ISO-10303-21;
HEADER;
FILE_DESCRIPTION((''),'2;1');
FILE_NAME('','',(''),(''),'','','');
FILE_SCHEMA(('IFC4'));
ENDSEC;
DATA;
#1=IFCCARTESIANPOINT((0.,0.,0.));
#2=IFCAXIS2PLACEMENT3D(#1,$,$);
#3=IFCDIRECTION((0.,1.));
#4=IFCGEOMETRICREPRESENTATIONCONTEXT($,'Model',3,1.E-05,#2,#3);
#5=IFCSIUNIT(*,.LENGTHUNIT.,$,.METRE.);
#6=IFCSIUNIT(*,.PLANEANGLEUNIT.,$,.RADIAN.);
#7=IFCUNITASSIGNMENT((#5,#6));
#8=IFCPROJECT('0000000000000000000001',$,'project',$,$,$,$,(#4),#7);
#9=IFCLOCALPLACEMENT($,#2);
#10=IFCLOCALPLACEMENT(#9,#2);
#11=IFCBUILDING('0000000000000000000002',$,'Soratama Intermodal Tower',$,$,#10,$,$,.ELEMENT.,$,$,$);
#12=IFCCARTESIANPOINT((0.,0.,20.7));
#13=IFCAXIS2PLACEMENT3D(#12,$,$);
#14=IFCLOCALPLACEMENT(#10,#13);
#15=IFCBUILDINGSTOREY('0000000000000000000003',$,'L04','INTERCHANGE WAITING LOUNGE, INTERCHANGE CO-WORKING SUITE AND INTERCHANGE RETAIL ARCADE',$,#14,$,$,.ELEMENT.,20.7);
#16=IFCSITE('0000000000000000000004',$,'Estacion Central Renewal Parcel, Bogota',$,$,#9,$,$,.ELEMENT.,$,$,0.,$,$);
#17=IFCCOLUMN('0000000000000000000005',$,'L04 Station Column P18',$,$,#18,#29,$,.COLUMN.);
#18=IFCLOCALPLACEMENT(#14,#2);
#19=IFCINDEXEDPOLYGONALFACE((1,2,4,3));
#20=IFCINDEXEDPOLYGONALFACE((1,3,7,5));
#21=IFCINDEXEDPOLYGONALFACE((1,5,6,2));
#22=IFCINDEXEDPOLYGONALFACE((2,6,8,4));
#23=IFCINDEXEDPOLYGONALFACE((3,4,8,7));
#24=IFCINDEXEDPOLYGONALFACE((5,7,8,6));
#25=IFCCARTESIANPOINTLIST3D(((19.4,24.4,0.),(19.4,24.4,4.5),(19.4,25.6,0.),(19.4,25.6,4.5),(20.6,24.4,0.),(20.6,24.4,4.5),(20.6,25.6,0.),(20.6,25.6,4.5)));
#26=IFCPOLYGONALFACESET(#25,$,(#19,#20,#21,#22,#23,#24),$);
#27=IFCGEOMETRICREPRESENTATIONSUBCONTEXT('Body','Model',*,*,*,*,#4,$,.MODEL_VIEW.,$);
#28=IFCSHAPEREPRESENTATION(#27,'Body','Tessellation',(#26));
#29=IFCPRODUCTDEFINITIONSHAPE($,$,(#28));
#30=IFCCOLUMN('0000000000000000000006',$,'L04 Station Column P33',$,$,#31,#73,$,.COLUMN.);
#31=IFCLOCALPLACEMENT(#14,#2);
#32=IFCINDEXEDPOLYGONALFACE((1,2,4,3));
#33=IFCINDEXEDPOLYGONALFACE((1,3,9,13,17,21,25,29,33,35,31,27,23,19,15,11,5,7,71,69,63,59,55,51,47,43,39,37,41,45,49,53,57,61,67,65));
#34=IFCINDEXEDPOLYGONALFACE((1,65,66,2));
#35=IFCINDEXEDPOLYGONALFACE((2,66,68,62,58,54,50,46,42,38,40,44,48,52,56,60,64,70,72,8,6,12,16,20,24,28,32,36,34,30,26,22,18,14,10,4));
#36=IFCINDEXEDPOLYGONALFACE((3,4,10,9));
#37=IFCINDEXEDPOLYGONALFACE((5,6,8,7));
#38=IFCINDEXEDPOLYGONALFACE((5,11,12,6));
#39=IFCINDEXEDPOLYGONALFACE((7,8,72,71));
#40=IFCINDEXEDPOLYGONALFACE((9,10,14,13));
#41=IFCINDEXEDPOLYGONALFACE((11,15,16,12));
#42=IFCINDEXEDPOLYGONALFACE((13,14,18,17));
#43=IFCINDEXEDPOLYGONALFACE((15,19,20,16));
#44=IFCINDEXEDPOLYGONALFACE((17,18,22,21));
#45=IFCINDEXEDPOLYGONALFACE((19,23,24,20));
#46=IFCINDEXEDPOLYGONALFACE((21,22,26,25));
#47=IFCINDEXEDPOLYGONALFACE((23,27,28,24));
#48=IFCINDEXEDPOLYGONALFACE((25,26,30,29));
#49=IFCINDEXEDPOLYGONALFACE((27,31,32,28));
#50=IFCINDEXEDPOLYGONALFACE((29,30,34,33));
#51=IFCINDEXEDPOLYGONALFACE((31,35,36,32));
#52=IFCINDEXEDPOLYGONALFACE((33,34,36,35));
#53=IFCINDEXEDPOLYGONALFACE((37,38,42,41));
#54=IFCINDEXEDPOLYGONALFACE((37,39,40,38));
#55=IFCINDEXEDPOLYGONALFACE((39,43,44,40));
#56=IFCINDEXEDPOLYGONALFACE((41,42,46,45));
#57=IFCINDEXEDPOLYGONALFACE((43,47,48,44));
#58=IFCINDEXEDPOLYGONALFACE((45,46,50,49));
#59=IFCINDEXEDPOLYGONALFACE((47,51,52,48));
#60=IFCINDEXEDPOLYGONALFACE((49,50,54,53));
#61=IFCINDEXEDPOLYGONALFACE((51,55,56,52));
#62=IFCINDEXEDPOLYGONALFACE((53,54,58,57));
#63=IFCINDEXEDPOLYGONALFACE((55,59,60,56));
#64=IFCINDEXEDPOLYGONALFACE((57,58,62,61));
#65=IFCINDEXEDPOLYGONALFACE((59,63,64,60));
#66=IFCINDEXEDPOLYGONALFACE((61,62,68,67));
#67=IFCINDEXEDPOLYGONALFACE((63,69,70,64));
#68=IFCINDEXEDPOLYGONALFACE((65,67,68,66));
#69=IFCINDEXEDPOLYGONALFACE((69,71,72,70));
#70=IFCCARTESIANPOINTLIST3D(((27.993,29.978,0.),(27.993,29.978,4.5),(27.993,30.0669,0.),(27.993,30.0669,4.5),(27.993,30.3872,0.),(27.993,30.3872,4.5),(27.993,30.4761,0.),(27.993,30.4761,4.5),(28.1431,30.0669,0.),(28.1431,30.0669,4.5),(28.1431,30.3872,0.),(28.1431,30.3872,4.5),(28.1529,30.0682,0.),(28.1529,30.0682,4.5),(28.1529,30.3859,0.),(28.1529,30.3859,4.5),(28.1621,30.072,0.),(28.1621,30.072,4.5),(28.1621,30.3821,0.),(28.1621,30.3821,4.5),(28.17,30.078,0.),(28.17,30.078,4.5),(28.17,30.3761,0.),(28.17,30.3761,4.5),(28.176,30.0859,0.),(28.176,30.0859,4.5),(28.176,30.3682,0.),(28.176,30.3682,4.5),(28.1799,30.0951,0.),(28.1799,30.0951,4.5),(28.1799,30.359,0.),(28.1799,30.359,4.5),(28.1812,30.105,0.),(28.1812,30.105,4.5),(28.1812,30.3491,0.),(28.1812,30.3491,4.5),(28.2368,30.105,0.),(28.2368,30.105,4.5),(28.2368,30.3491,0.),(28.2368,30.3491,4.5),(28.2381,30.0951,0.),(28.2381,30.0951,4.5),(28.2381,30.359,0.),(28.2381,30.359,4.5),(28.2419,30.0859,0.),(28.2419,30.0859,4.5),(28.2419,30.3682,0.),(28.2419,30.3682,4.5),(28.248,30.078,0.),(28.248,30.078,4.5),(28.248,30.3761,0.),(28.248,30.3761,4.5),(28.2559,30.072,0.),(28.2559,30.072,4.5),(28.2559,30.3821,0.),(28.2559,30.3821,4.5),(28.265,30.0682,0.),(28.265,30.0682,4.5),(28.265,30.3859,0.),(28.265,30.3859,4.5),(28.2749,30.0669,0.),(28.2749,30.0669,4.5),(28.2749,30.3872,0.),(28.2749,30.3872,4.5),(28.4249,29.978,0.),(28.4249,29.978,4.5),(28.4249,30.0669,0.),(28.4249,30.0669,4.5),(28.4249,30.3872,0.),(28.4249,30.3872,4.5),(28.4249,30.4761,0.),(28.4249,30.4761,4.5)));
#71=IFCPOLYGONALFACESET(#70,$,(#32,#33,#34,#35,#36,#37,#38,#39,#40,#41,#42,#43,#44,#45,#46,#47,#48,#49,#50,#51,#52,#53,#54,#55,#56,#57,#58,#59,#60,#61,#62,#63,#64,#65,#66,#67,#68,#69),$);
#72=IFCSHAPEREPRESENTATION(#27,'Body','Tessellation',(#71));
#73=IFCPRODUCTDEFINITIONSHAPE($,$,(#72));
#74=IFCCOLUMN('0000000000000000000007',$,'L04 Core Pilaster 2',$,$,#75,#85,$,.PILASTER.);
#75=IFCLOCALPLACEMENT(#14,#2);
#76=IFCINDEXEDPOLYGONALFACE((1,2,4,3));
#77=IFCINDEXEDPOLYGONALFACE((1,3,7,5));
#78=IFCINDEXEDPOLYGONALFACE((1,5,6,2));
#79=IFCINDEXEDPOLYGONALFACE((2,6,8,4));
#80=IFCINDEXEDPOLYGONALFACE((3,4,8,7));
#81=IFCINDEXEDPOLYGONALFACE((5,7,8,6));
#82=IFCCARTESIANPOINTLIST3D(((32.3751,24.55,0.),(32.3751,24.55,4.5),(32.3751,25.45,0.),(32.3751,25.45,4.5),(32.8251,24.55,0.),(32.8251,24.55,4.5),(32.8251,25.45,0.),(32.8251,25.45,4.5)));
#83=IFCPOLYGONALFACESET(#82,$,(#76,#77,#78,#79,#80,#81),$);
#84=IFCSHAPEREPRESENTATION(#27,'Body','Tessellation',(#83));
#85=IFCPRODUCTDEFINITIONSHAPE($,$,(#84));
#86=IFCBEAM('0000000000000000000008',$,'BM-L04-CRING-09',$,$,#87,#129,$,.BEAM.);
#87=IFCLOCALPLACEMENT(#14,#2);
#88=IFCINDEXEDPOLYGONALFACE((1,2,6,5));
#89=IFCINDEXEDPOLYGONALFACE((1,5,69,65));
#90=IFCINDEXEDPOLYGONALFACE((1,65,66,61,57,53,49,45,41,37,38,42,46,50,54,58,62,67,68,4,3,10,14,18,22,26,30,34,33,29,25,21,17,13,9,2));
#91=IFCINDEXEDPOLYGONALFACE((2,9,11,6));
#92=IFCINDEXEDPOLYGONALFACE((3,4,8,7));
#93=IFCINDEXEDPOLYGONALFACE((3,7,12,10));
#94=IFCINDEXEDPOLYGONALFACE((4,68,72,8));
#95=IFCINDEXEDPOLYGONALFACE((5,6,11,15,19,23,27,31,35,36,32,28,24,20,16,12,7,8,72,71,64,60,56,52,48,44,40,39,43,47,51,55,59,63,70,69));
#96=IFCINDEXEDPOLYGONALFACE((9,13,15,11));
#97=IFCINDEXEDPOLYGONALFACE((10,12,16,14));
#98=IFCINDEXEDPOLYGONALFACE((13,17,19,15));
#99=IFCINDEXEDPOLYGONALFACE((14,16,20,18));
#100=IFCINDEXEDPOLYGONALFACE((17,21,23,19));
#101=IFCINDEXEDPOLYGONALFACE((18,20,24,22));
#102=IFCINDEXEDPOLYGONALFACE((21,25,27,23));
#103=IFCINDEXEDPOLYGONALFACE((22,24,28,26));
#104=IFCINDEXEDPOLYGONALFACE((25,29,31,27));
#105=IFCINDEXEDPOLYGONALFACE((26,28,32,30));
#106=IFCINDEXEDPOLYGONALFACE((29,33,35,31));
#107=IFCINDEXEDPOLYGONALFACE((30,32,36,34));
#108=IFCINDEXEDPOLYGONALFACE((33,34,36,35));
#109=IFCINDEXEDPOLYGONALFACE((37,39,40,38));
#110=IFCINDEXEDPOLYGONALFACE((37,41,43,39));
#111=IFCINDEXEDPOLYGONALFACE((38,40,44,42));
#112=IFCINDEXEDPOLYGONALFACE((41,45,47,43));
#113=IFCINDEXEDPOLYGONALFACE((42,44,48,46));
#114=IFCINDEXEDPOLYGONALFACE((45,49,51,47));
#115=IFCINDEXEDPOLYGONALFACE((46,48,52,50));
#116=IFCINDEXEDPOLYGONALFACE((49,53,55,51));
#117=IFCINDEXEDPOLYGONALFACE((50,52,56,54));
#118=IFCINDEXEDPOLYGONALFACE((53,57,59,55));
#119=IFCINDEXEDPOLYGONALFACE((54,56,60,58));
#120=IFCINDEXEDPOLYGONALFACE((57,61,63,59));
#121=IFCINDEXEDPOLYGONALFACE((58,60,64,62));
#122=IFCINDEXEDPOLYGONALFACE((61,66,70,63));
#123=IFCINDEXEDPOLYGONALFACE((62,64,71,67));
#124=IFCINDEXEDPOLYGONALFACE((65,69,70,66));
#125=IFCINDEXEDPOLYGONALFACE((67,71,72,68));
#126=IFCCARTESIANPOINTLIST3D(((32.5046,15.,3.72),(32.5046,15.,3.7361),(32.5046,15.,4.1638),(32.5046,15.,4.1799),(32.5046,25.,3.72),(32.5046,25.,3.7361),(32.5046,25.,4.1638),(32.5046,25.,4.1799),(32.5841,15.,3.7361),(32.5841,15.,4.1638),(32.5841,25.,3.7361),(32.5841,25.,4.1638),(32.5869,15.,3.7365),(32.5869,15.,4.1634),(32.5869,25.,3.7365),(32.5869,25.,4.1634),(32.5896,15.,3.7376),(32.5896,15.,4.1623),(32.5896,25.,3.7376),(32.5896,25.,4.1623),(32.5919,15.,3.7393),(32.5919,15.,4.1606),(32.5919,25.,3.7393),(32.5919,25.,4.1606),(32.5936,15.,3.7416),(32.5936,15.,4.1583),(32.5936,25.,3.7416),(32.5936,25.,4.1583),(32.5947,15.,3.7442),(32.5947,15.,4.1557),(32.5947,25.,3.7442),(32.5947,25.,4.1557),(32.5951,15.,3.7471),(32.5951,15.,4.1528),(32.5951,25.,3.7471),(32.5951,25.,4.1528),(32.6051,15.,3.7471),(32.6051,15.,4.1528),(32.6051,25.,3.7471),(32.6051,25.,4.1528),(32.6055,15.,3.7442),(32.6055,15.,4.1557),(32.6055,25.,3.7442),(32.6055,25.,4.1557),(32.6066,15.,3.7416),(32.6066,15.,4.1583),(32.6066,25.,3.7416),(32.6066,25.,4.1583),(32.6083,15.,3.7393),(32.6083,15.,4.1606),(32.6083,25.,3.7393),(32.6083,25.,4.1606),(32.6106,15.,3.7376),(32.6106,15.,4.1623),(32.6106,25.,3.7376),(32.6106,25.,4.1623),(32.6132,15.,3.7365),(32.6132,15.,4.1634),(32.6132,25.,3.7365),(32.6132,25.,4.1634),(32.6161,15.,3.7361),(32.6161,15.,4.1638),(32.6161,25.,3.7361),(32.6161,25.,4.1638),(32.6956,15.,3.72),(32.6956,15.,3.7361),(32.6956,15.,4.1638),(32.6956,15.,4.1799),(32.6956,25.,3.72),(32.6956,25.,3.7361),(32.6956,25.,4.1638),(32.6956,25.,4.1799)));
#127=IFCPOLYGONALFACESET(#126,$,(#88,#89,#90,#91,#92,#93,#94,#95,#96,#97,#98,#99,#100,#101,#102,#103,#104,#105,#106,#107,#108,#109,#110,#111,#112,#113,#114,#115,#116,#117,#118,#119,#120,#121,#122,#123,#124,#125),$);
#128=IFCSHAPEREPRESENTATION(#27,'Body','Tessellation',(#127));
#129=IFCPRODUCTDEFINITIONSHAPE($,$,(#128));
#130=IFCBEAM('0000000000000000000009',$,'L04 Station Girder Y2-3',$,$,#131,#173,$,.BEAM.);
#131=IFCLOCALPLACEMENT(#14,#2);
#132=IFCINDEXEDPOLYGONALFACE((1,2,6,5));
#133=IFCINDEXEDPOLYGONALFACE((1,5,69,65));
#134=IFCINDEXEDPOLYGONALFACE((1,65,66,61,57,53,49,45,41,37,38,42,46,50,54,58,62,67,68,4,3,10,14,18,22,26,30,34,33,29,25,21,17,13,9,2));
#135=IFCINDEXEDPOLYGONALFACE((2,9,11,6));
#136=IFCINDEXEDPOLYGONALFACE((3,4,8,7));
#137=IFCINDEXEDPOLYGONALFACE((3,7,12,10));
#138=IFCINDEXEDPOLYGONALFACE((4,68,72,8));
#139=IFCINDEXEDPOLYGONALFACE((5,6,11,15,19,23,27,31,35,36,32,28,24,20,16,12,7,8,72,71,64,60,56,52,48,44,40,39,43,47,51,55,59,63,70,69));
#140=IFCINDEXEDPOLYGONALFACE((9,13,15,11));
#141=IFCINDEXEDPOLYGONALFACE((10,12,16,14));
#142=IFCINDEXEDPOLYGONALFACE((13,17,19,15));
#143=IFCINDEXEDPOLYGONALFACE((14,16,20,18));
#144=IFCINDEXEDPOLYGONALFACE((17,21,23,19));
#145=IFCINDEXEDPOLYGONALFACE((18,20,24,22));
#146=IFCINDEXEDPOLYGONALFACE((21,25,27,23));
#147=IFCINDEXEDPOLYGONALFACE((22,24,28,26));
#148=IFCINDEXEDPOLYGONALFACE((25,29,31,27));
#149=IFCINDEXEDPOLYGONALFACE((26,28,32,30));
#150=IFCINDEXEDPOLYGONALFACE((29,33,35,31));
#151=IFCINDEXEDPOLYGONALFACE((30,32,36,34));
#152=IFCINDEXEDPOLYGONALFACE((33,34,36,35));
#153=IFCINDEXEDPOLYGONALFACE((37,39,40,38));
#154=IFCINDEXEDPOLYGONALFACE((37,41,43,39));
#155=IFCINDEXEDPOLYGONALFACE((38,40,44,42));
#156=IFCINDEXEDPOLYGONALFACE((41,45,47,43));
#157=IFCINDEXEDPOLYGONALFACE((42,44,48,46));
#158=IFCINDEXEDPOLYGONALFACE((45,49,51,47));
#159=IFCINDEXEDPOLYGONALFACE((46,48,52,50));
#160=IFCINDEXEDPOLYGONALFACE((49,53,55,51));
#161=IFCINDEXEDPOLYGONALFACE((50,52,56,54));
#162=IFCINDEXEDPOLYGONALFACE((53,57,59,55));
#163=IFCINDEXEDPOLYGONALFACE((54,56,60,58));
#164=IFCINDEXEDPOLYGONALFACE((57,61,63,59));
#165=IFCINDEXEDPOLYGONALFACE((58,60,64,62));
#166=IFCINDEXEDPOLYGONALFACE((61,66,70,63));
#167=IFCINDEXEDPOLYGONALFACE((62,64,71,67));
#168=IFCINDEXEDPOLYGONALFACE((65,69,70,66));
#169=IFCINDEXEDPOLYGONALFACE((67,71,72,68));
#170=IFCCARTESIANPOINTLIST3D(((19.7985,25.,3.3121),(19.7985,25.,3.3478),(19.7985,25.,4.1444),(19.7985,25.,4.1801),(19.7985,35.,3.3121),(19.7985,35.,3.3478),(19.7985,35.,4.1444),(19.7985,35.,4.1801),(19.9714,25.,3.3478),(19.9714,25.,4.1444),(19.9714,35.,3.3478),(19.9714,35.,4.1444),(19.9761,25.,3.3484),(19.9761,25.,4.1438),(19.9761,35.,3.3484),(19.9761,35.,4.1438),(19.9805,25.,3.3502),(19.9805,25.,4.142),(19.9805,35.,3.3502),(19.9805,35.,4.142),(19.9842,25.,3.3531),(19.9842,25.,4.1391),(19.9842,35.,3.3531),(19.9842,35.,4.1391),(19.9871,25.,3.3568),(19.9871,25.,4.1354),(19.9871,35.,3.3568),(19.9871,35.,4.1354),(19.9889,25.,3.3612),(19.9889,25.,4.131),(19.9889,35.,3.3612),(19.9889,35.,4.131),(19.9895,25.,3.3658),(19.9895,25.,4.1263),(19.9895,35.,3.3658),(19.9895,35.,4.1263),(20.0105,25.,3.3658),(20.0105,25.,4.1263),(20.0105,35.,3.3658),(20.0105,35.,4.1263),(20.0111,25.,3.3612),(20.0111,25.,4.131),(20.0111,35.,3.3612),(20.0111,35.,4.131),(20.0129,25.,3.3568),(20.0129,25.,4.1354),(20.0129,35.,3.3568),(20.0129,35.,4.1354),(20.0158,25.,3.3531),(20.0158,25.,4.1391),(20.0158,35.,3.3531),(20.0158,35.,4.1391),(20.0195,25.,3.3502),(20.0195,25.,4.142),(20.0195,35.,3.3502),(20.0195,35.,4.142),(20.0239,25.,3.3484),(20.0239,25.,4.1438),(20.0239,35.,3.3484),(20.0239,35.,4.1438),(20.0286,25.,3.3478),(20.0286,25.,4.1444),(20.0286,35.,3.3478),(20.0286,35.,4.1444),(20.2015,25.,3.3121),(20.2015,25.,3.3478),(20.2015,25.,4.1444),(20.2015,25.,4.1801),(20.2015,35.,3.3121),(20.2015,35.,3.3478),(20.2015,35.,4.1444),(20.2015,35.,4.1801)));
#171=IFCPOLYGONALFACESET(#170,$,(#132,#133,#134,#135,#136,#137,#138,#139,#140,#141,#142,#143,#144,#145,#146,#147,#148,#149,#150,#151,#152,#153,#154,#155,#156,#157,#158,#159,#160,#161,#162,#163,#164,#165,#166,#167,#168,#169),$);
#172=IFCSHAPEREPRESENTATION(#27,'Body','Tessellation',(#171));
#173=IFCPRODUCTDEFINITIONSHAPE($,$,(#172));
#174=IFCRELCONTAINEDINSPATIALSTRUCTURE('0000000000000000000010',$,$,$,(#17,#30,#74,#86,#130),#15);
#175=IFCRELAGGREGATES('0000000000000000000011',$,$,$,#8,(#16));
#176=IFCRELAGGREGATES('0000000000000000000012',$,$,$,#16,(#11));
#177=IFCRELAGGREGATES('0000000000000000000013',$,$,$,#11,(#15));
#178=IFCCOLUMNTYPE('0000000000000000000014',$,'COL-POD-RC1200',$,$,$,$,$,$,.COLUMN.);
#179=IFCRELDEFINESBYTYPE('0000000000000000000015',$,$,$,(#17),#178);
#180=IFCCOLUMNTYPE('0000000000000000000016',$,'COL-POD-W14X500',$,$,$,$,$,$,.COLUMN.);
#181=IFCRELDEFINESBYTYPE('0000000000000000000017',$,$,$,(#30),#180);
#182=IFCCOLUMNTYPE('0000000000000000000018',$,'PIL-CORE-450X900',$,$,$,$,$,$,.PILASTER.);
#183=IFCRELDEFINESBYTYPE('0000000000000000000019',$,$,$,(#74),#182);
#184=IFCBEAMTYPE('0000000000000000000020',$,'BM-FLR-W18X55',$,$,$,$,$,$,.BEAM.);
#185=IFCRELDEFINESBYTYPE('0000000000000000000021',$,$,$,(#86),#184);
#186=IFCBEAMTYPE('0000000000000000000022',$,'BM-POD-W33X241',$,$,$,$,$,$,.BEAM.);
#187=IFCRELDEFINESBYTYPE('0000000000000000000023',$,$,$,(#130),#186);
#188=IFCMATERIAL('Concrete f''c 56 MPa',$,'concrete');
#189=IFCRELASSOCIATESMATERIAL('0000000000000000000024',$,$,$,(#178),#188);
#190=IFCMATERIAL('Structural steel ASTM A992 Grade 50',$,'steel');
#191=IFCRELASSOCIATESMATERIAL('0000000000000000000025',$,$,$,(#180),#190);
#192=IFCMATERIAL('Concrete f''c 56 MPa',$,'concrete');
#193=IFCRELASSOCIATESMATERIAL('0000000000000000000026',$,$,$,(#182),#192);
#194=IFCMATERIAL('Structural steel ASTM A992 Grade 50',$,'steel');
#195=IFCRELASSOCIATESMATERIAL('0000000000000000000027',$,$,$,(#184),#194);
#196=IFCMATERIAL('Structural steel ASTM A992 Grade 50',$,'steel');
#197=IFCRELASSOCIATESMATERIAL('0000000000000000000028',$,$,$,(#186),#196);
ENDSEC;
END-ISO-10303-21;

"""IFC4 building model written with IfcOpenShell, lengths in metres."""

from ifc_helpers import new_model, si_unit, direction, frame, origin, origin_2d, place, context, subcontext, project, spatial, rectangle, i_section, extrude, material, material_profile, profile_set, type_object, element, save


model = new_model("IFC4")

# Units and contexts
model_context = context("Model", 3, precision=1e-05, world=origin(), true_north=direction((0.0, 1.0)))
body_context = subcontext(model_context, "Body", "Model", "MODEL_VIEW")
ifc_project = project(units=[si_unit("LENGTHUNIT", "METRE"), si_unit("PLANEANGLEUNIT", "RADIAN")], contexts=[model_context])

# Site, building, storey
site_placement = place(None, origin())
site = spatial("IfcSite", under=ifc_project, at=site_placement, Name="Estacion Central Renewal Parcel, Bogota", CompositionType="ELEMENT", RefElevation=0.0)
building_placement = place(site_placement, origin())
building = spatial("IfcBuilding", under=site, at=building_placement, Name="Soratama Intermodal Tower", CompositionType="ELEMENT")
storey_placement = place(building_placement, frame((0.0, 0.0, 20.7)))
storey = spatial("IfcBuildingStorey", under=building, at=storey_placement, Name="L04", Description="INTERCHANGE WAITING LOUNGE, INTERCHANGE CO-WORKING SUITE AND INTERCHANGE RETAIL ARCADE", CompositionType="ELEMENT", Elevation=20.7)

# Columns
ifc_material_1 = material(Name="Concrete f'c 56 MPa", Category="concrete")
ifc_material_profile_1 = material_profile(ifc_material_1, rectangle(XDim=1.2, YDim=1.2, at=origin_2d()), Name="RC1200X1200")
ifc_profile_set_1 = profile_set([ifc_material_profile_1], Name="Concrete f'c 56 MPa")
column_type_1 = type_object("IfcColumnType", Name="COL-POD-RC1200", PredefinedType="COLUMN", material=ifc_profile_set_1)
column_1_placement = place(storey_placement, frame((20.0, 25.0, 0.0), z_axis=(0.0, 0.0, 1.0), x_axis=(1.0, 0.0, 0.0)))
element("IfcColumn", 1, at=column_1_placement, inside=storey, type_object=column_type_1, Name="L04 Station Column P18", PredefinedType="COLUMN", context=body_context, shape_type="SweptSolid", body=[
    extrude(rectangle(XDim=1.2, YDim=1.2, at=origin_2d()), origin(), (0.0, 0.0, 1.0), 4.5),
])
ifc_material_2 = material(Name="Structural steel ASTM A992 Grade 50", Category="steel")
ifc_material_profile_2 = material_profile(ifc_material_2, i_section(OverallWidth=0.4319, OverallDepth=0.498, WebThickness=0.0557, FlangeThickness=0.0889, FilletRadius=0.0381, at=origin_2d()), Name="W14X500")
ifc_profile_set_2 = profile_set([ifc_material_profile_2], Name="Structural steel ASTM A992 Grade 50")
column_type_2 = type_object("IfcColumnType", Name="COL-POD-W14X500", PredefinedType="COLUMN", material=ifc_profile_set_2)
column_2_placement = place(storey_placement, frame((28.209, 30.2271, 0.0), z_axis=(0.0, 0.0, 1.0), x_axis=(1.0, 0.0, 0.0)))
element("IfcColumn", 2, at=column_2_placement, inside=storey, type_object=column_type_2, Name="L04 Station Column P33", PredefinedType="COLUMN", context=body_context, shape_type="SweptSolid", body=[
    extrude(i_section(OverallWidth=0.4319, OverallDepth=0.498, WebThickness=0.0557, FlangeThickness=0.0889, FilletRadius=0.0381, at=origin_2d()), origin(), (0.0, 0.0, 1.0), 4.5),
])
ifc_material_3 = material(Name="Concrete f'c 56 MPa", Category="concrete")
ifc_material_profile_3 = material_profile(ifc_material_3, rectangle(XDim=0.45, YDim=0.8999, at=origin_2d()), Name="RC450X900")
ifc_profile_set_3 = profile_set([ifc_material_profile_3], Name="Concrete f'c 56 MPa")
column_type_3 = type_object("IfcColumnType", Name="PIL-CORE-450X900", PredefinedType="PILASTER", material=ifc_profile_set_3)
column_3_placement = place(storey_placement, frame((32.6001, 25.0, 0.0), z_axis=(0.0, 0.0, 1.0), x_axis=(1.0, 0.0, 0.0)))
element("IfcColumn", 3, at=column_3_placement, inside=storey, type_object=column_type_3, Name="L04 Core Pilaster 2", PredefinedType="PILASTER", context=body_context, shape_type="SweptSolid", body=[
    extrude(rectangle(XDim=0.45, YDim=0.8999, at=origin_2d()), origin(), (0.0, 0.0, 1.0), 4.5),
])

# Beams
ifc_material_4 = material(Name="Structural steel ASTM A992 Grade 50", Category="steel")
ifc_material_profile_4 = material_profile(ifc_material_4, i_section(OverallWidth=0.1909, OverallDepth=0.46, WebThickness=0.01, FlangeThickness=0.0161, FilletRadius=0.011, at=origin_2d()), Name="W18X55")
ifc_profile_set_4 = profile_set([ifc_material_profile_4], Name="Structural steel ASTM A992 Grade 50")
beam_type_1 = type_object("IfcBeamType", Name="BM-FLR-W18X55", PredefinedType="BEAM", material=ifc_profile_set_4)
beam_1_placement = place(storey_placement, frame((32.6001, 25.0, 3.95), z_axis=(0.0, -1.0, 0.0), x_axis=(1.0, 0.0, 0.0)))
element("IfcBeam", 4, at=beam_1_placement, inside=storey, type_object=beam_type_1, Name="BM-L04-CRING-09", PredefinedType="BEAM", context=body_context, shape_type="SweptSolid", body=[
    extrude(i_section(OverallWidth=0.1909, OverallDepth=0.46, WebThickness=0.01, FlangeThickness=0.0161, FilletRadius=0.011, at=origin_2d()), origin(), (0.0, 0.0, 1.0), 10.0),
])
ifc_material_5 = material(Name="Structural steel ASTM A992 Grade 50", Category="steel")
ifc_material_profile_5 = material_profile(ifc_material_5, i_section(OverallWidth=0.4031, OverallDepth=0.8679, WebThickness=0.021, FlangeThickness=0.0356, FilletRadius=0.0181, at=origin_2d()), Name="W33X241")
ifc_profile_set_5 = profile_set([ifc_material_profile_5], Name="Structural steel ASTM A992 Grade 50")
beam_type_2 = type_object("IfcBeamType", Name="BM-POD-W33X241", PredefinedType="BEAM", material=ifc_profile_set_5)
beam_2_placement = place(storey_placement, frame((20.0, 25.0, 3.7461), z_axis=(0.0, 1.0, 0.0), x_axis=(-1.0, 0.0, 0.0)))
element("IfcBeam", 5, at=beam_2_placement, inside=storey, type_object=beam_type_2, Name="L04 Station Girder Y2-3", PredefinedType="BEAM", context=body_context, shape_type="SweptSolid", body=[
    extrude(i_section(OverallWidth=0.4031, OverallDepth=0.8679, WebThickness=0.021, FlangeThickness=0.0356, FilletRadius=0.0181, at=origin_2d()), origin(), (0.0, 0.0, 1.0), 10.0),
])

save(model, "model.ifc")
